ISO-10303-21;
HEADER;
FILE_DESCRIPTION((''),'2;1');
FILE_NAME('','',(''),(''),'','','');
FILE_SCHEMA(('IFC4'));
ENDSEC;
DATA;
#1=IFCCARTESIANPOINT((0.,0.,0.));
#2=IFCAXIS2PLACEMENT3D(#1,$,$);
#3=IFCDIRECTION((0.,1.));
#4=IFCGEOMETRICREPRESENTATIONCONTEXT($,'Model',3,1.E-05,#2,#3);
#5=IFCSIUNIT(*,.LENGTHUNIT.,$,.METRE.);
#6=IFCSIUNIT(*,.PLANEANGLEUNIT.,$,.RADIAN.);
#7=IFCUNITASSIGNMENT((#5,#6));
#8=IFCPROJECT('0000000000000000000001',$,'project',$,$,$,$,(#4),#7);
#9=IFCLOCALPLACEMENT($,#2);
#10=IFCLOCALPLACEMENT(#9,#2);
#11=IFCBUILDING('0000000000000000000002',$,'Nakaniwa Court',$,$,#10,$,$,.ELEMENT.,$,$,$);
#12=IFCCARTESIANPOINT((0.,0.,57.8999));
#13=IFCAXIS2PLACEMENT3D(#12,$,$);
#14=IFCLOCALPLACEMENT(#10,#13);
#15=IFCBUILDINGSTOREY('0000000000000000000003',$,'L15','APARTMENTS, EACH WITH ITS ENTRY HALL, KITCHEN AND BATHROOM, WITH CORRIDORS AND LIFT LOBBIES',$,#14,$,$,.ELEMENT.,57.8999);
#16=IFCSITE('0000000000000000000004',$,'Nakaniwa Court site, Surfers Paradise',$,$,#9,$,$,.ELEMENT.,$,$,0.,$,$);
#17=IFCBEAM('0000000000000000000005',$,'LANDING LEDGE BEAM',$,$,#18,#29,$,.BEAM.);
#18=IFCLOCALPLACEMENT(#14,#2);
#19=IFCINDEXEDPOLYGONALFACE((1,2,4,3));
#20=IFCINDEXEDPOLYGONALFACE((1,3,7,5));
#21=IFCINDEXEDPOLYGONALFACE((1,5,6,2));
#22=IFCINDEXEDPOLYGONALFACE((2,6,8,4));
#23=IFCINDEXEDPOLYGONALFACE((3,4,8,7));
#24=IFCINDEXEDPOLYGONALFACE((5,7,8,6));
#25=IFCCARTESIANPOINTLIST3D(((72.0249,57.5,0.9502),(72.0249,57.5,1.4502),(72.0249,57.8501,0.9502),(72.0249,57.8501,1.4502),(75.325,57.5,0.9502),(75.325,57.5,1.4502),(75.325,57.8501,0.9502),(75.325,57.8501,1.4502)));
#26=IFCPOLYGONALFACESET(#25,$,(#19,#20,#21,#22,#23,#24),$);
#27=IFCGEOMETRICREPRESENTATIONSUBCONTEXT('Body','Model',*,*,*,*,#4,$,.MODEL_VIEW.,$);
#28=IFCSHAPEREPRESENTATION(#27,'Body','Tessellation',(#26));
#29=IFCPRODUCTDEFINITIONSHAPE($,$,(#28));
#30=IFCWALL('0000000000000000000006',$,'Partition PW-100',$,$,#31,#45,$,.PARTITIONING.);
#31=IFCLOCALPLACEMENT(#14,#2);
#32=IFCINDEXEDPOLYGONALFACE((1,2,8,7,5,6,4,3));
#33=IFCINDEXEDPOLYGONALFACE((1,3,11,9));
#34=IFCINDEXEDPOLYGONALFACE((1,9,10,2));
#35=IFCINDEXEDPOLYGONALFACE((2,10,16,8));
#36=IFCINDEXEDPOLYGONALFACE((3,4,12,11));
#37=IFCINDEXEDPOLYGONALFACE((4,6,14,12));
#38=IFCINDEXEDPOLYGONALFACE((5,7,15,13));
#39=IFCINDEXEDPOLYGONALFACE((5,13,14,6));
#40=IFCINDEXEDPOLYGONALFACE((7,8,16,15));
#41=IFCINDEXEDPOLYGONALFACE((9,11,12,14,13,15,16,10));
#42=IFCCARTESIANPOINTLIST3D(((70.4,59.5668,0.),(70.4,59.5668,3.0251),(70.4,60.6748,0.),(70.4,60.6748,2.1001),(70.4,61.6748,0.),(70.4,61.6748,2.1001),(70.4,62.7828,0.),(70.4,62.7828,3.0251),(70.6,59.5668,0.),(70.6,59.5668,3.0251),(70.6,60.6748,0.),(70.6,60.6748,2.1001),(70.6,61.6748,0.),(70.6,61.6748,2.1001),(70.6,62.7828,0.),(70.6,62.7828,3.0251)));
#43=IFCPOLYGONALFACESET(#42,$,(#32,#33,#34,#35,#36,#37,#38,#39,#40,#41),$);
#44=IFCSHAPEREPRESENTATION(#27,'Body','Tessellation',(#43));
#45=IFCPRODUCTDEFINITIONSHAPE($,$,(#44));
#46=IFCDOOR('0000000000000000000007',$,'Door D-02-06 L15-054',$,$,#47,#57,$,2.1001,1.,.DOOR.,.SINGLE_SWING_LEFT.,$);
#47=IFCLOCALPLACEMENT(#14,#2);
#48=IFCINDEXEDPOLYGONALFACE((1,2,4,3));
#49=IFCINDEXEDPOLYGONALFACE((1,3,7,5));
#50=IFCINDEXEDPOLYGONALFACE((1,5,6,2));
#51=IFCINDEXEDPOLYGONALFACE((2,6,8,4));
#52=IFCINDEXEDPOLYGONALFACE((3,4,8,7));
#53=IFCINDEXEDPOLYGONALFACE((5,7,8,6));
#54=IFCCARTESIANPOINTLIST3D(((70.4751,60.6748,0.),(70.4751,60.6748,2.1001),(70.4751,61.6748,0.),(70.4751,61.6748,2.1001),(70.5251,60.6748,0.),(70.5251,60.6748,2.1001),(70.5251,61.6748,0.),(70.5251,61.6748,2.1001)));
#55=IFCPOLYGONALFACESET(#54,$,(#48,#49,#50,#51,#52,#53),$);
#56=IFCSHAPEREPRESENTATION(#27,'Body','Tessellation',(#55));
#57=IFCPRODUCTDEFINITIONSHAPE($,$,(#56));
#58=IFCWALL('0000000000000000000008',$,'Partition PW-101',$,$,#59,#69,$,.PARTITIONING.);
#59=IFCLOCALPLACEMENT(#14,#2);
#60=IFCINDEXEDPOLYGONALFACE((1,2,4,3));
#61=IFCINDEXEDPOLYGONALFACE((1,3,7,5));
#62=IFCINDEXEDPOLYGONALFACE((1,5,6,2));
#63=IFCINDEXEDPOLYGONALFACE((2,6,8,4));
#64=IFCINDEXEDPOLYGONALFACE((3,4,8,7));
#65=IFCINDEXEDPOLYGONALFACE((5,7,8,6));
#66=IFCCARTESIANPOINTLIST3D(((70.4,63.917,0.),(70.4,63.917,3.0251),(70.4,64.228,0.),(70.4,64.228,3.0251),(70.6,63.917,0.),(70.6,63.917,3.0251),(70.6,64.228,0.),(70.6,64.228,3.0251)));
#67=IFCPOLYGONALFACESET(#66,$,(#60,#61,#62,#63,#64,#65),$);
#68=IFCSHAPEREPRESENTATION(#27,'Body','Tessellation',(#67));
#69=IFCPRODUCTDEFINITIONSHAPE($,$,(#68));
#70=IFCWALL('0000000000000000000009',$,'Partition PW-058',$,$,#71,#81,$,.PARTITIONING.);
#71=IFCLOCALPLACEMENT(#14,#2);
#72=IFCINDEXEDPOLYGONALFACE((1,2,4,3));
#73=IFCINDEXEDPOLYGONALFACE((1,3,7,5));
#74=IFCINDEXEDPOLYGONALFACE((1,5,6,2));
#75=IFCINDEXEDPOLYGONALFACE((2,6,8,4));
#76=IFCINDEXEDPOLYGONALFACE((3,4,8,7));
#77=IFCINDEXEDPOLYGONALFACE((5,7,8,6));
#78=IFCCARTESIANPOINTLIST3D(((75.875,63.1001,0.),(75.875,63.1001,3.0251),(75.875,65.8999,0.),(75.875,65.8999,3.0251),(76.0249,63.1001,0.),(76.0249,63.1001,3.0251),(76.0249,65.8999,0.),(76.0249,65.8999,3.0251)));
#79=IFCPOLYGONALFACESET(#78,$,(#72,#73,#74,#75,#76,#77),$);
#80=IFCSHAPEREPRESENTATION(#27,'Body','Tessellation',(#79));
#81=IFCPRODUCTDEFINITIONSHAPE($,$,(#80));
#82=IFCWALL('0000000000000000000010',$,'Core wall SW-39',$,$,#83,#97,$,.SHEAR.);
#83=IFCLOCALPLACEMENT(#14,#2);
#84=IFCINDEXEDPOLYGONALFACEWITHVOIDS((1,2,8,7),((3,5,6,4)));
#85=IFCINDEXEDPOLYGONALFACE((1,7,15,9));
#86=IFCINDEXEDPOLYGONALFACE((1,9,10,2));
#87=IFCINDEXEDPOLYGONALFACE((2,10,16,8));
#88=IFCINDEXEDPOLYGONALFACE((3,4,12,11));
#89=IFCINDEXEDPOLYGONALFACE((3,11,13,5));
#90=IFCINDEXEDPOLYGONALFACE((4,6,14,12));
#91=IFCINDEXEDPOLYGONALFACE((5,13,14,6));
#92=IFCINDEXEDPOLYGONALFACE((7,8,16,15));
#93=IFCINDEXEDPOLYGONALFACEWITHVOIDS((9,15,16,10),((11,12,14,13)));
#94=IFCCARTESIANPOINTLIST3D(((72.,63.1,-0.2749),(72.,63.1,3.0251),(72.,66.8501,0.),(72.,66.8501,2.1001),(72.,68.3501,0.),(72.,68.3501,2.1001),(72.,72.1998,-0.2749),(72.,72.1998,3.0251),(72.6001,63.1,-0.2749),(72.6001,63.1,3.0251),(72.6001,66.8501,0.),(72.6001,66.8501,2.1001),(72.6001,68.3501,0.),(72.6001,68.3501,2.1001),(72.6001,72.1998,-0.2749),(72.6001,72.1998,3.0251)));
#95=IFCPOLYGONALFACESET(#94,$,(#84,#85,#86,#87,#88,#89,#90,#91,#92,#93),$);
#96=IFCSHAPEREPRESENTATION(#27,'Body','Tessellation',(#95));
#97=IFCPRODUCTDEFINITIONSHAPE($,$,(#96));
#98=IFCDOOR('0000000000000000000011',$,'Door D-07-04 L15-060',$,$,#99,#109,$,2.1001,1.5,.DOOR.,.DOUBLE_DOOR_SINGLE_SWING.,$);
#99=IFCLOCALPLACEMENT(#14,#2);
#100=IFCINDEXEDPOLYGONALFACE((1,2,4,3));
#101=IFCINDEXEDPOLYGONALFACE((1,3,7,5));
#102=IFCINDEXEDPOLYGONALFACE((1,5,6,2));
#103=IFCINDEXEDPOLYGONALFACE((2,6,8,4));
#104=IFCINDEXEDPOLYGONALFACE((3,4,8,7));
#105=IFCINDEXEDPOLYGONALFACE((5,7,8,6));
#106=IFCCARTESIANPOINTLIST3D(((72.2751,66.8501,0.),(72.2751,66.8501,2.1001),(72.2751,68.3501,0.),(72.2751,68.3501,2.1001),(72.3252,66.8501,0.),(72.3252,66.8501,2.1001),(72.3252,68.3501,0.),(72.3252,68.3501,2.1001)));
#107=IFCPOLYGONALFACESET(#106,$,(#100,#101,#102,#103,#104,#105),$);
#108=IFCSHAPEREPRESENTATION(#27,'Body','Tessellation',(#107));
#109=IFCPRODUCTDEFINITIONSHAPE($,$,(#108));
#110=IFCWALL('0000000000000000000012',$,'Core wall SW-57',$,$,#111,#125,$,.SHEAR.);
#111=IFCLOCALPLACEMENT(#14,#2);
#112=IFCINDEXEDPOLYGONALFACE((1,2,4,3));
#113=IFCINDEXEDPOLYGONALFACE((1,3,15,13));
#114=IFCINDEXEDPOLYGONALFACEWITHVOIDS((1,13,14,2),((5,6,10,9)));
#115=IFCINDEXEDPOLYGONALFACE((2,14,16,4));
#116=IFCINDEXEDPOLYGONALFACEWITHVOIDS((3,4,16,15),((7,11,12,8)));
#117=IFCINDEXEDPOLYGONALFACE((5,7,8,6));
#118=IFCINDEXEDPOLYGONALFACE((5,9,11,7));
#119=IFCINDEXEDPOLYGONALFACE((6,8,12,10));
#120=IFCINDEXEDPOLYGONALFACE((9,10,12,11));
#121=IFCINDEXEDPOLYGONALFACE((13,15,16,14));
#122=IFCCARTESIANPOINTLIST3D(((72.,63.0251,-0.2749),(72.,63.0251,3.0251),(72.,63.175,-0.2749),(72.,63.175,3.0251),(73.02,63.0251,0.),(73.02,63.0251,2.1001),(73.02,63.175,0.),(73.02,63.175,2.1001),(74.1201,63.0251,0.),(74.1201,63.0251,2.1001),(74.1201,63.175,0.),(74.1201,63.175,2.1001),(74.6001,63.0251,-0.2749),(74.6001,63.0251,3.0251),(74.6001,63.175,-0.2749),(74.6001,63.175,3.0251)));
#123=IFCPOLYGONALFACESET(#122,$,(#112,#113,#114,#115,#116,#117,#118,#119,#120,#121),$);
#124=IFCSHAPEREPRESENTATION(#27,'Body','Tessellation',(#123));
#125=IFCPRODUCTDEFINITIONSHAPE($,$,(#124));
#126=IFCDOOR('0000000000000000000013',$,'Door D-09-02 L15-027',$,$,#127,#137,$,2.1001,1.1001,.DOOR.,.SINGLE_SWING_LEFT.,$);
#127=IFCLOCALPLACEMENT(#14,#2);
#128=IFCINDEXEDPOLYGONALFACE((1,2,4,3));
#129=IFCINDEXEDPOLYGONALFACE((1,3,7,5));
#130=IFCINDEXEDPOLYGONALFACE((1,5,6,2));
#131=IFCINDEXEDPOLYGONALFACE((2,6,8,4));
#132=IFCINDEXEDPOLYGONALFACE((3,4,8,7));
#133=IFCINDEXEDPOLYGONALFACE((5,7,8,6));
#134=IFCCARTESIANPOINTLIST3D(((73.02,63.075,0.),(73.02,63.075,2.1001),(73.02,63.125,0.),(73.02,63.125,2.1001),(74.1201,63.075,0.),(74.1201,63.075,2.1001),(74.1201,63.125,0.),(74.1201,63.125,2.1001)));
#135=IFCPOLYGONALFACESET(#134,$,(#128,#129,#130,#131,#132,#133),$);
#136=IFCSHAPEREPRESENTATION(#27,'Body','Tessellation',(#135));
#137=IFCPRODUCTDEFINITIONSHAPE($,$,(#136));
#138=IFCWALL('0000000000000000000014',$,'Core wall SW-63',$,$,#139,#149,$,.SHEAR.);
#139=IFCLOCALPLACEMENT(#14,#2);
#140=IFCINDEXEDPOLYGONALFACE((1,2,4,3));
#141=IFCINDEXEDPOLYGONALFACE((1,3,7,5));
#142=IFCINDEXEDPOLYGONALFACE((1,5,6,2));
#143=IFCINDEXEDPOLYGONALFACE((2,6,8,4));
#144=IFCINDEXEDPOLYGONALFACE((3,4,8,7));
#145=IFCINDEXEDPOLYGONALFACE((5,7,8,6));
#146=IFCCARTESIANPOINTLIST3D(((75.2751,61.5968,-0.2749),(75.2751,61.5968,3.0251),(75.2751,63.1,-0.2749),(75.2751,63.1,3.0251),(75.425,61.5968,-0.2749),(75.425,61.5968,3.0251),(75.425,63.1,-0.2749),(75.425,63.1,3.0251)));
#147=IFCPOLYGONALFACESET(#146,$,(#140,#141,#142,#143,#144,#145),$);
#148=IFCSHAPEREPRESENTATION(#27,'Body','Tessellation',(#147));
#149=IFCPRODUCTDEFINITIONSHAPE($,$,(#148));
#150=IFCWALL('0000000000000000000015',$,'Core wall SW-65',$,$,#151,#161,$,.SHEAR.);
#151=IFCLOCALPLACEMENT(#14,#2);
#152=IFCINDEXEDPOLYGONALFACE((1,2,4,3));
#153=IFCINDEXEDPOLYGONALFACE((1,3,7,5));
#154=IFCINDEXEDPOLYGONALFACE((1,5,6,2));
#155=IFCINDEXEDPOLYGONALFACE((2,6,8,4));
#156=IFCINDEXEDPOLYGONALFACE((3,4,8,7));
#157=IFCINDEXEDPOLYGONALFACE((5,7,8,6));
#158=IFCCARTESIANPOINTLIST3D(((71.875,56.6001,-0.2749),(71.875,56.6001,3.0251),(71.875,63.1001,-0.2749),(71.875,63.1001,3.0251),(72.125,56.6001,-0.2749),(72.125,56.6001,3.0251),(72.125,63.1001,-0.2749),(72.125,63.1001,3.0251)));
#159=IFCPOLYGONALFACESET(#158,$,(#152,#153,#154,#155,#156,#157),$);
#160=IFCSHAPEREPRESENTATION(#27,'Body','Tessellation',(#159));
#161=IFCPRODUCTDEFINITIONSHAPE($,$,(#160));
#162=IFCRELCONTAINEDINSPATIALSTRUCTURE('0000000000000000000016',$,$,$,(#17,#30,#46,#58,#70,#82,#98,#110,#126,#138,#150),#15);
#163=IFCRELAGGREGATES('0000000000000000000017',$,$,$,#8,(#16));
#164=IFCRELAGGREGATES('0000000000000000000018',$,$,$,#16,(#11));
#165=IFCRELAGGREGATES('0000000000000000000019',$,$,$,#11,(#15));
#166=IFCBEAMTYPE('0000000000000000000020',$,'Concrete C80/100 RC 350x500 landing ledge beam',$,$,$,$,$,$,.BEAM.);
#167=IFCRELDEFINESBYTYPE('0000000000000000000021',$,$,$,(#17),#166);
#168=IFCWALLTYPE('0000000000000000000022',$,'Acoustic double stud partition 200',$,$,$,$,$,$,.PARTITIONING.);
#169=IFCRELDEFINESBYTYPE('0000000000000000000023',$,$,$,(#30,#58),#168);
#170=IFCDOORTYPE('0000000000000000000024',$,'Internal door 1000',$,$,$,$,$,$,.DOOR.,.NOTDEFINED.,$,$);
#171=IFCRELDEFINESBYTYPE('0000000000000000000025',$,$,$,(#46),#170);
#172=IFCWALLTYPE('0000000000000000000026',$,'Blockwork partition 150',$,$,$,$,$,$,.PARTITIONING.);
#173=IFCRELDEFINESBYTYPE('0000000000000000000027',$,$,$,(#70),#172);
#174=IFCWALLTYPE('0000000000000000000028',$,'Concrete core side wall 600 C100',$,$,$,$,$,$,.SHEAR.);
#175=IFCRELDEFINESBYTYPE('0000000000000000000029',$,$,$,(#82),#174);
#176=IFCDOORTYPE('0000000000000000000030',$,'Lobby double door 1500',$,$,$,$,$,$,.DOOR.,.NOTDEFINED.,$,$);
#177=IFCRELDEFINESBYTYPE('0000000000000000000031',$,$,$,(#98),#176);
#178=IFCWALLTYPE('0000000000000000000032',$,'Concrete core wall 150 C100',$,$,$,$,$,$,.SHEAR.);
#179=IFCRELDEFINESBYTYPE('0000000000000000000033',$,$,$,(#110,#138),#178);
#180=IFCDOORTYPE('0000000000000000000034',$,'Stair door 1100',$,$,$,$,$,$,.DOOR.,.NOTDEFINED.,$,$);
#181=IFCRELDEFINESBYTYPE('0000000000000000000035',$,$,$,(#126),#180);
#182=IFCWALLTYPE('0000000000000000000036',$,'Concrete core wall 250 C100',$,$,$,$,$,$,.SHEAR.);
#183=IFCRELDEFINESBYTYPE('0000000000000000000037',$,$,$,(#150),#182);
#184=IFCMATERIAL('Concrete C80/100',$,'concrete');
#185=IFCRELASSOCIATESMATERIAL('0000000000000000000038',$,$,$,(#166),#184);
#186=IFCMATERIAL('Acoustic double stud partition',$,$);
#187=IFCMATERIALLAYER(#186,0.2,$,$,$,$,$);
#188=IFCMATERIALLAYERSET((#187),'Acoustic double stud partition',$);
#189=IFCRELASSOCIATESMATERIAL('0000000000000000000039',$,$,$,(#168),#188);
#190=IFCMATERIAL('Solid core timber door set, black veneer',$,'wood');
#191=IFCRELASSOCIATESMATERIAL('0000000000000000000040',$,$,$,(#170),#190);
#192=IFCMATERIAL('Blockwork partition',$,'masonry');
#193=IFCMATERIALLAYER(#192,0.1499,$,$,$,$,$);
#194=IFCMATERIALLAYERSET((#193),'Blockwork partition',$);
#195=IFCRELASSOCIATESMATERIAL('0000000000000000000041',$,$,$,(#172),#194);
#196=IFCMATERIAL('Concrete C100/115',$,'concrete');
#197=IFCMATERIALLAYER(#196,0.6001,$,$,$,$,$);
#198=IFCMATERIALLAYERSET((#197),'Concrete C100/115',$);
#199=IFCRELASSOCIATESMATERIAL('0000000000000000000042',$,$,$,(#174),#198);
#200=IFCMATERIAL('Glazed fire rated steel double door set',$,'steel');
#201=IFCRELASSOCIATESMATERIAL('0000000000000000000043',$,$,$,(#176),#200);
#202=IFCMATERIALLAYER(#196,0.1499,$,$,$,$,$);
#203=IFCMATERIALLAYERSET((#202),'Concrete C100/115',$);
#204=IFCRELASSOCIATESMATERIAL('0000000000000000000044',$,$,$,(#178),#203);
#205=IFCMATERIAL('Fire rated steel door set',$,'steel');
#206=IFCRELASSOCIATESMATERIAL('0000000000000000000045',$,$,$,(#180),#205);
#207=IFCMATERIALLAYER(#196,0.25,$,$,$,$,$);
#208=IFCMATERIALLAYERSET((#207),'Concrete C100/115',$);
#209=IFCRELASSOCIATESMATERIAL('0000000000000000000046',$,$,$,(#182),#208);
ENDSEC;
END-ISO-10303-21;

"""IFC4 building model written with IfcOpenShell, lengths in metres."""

from ifc_helpers import new_model, si_unit, direction, frame, frame_2d, origin, origin_2d, place, context, subcontext, project, spatial, rectangle, extrude, material, layer, layer_set, material_profile, profile_set, type_object, element, fill, save


model = new_model("IFC4")

# Units and contexts
model_context = context("Model", 3, precision=1e-05, world=origin(), true_north=direction((0.0, 1.0)))
body_context = subcontext(model_context, "Body", "Model", "MODEL_VIEW")
ifc_project = project(units=[si_unit("LENGTHUNIT", "METRE"), si_unit("PLANEANGLEUNIT", "RADIAN")], contexts=[model_context])

# Site, building, storey
site_placement = place(None, origin())
site = spatial("IfcSite", under=ifc_project, at=site_placement, Name="Nakaniwa Court site, Surfers Paradise", CompositionType="ELEMENT", RefElevation=0.0)
building_placement = place(site_placement, origin())
building = spatial("IfcBuilding", under=site, at=building_placement, Name="Nakaniwa Court", CompositionType="ELEMENT")
storey_placement = place(building_placement, frame((0.0, 0.0, 57.8999)))
storey = spatial("IfcBuildingStorey", under=building, at=storey_placement, Name="L15", Description="APARTMENTS, EACH WITH ITS ENTRY HALL, KITCHEN AND BATHROOM, WITH CORRIDORS AND LIFT LOBBIES", CompositionType="ELEMENT", Elevation=57.8999)

# Beam
ifc_material_1 = material(Name="Concrete C80/100", Category="concrete")
ifc_material_profile = material_profile(ifc_material_1, rectangle(XDim=0.3501, YDim=0.5, at=origin_2d()), Name="Concrete C80/100 RC 350x500 landing ledge beam")
ifc_profile_set = profile_set([ifc_material_profile], Name="Concrete C80/100")
beam_type = type_object("IfcBeamType", Name="Concrete C80/100 RC 350x500 landing ledge beam", PredefinedType="BEAM", material=ifc_profile_set)
beam_placement = place(storey_placement, frame((72.0249, 57.675, 1.2002), z_axis=(1.0, 0.0, 0.0), x_axis=(0.0, 1.0, 0.0)))
element("IfcBeam", 1, at=beam_placement, inside=storey, type_object=beam_type, Name="LANDING LEDGE BEAM", PredefinedType="BEAM", context=body_context, shape_type="SweptSolid", body=[
    extrude(rectangle(XDim=0.3501, YDim=0.5, at=origin_2d()), origin(), (0.0, 0.0, 1.0), 3.3),
])

# Wall, opening, door
ifc_material_2 = material(Name="Acoustic double stud partition")
ifc_layer_1 = layer(ifc_material_2, 0.2)
ifc_layer_set_1 = layer_set([ifc_layer_1], Name="Acoustic double stud partition")
wall_type_1 = type_object("IfcWallType", Name="Acoustic double stud partition 200", PredefinedType="PARTITIONING", material=ifc_layer_set_1)
wall_1_placement = place(storey_placement, frame((70.5, 59.5669, 0.0), z_axis=(0.0, 0.0, 1.0), x_axis=(0.0, 1.0, 0.0)))
wall_1 = element("IfcWall", 2, at=wall_1_placement, inside=storey, type_object=wall_type_1, Name="Partition PW-100", PredefinedType="PARTITIONING", context=body_context, shape_type="SweptSolid", body=[
    extrude(rectangle(XDim=3.2161, YDim=0.2, at=frame_2d((1.6079, 0.0))), origin(), (0.0, 0.0, 1.0), 3.0251),
])
opening_1_placement = place(wall_1_placement, frame((1.1079, 0.0, 0.0)))
opening_1 = element("IfcOpeningElement", 3, at=opening_1_placement, cuts=wall_1, PredefinedType="OPENING", context=body_context, shape_type="SweptSolid", body=[
    extrude(rectangle(XDim=1.0, YDim=2.1001, at=frame_2d((0.5, 1.05))), frame((0.0, 0.1099, 0.0), z_axis=(0.0, -1.0, 0.0), x_axis=(1.0, 0.0, 0.0)), (0.0, 0.0, 1.0), 0.22),
])
ifc_material_3 = material(Name="Solid core timber door set, black veneer", Category="wood")
door_type_1 = type_object("IfcDoorType", Name="Internal door 1000", OperationType="NOTDEFINED", PredefinedType="DOOR", material=ifc_material_3)
door_1_placement = place(opening_1_placement, origin())
door_1 = element("IfcDoor", 4, at=door_1_placement, inside=storey, type_object=door_type_1, Name="Door D-02-06 L15-054", OperationType="SINGLE_SWING_LEFT", OverallHeight=2.1001, OverallWidth=1.0, PredefinedType="DOOR", context=body_context, shape_type="SweptSolid", body=[
    extrude(rectangle(XDim=1.0, YDim=2.1001, at=frame_2d((0.5, 1.05))), frame((0.0, 0.0249, 0.0), z_axis=(0.0, -1.0, 0.0), x_axis=(1.0, 0.0, 0.0)), (0.0, 0.0, 1.0), 0.05),
])
fill(opening_1, door_1)

# Walls
wall_2_placement = place(storey_placement, frame((70.5, 63.917, 0.0), z_axis=(0.0, 0.0, 1.0), x_axis=(0.0, 1.0, 0.0)))
element("IfcWall", 5, at=wall_2_placement, inside=storey, type_object=wall_type_1, Name="Partition PW-101", PredefinedType="PARTITIONING", context=body_context, shape_type="SweptSolid", body=[
    extrude(rectangle(XDim=0.311, YDim=0.2, at=frame_2d((0.1555, 0.0))), origin(), (0.0, 0.0, 1.0), 3.0251),
])
ifc_material_4 = material(Name="Blockwork partition", Category="masonry")
ifc_layer_2 = layer(ifc_material_4, 0.1499)
ifc_layer_set_2 = layer_set([ifc_layer_2], Name="Blockwork partition")
wall_type_2 = type_object("IfcWallType", Name="Blockwork partition 150", PredefinedType="PARTITIONING", material=ifc_layer_set_2)
wall_3_placement = place(storey_placement, frame((75.95, 63.1001, 0.0), z_axis=(0.0, 0.0, 1.0), x_axis=(0.0, 1.0, 0.0)))
element("IfcWall", 6, at=wall_3_placement, inside=storey, type_object=wall_type_2, Name="Partition PW-058", PredefinedType="PARTITIONING", context=body_context, shape_type="SweptSolid", body=[
    extrude(rectangle(XDim=2.7998, YDim=0.1499, at=frame_2d((1.3999, 0.0))), origin(), (0.0, 0.0, 1.0), 3.0251),
])

# Walls, openings, doors
ifc_material_5 = material(Name="Concrete C100/115", Category="concrete")
ifc_layer_3 = layer(ifc_material_5, 0.6001)
ifc_layer_set_3 = layer_set([ifc_layer_3], Name="Concrete C100/115")
wall_type_3 = type_object("IfcWallType", Name="Concrete core side wall 600 C100", PredefinedType="SHEAR", material=ifc_layer_set_3)
wall_4_placement = place(storey_placement, frame((72.3, 63.1001, -0.2749), z_axis=(0.0, 0.0, 1.0), x_axis=(0.0, 1.0, 0.0)))
wall_4 = element("IfcWall", 7, at=wall_4_placement, inside=storey, type_object=wall_type_3, Name="Core wall SW-39", PredefinedType="SHEAR", context=body_context, shape_type="SweptSolid", body=[
    extrude(rectangle(XDim=9.0999, YDim=0.6001, at=frame_2d((4.5498, 0.0))), origin(), (0.0, 0.0, 1.0), 3.3),
])
opening_2_placement = place(wall_4_placement, frame((3.75, 0.0, 0.2749)))
opening_2 = element("IfcOpeningElement", 8, at=opening_2_placement, cuts=wall_4, PredefinedType="OPENING", context=body_context, shape_type="SweptSolid", body=[
    extrude(rectangle(XDim=1.5, YDim=2.1001, at=frame_2d((0.75, 1.05))), frame((0.0, 0.3101, 0.0), z_axis=(0.0, -1.0, 0.0), x_axis=(1.0, 0.0, 0.0)), (0.0, 0.0, 1.0), 0.6201),
])
ifc_material_6 = material(Name="Glazed fire rated steel double door set", Category="steel")
door_type_2 = type_object("IfcDoorType", Name="Lobby double door 1500", OperationType="NOTDEFINED", PredefinedType="DOOR", material=ifc_material_6)
door_2_placement = place(opening_2_placement, origin())
door_2 = element("IfcDoor", 9, at=door_2_placement, inside=storey, type_object=door_type_2, Name="Door D-07-04 L15-060", OperationType="DOUBLE_DOOR_SINGLE_SWING", OverallHeight=2.1001, OverallWidth=1.5, PredefinedType="DOOR", context=body_context, shape_type="SweptSolid", body=[
    extrude(rectangle(XDim=1.5, YDim=2.1001, at=frame_2d((0.75, 1.05))), frame((0.0, 0.0249, 0.0), z_axis=(0.0, -1.0, 0.0), x_axis=(1.0, 0.0, 0.0)), (0.0, 0.0, 1.0), 0.05),
])
fill(opening_2, door_2)
ifc_layer_4 = layer(ifc_material_5, 0.1499)
ifc_layer_set_4 = layer_set([ifc_layer_4], Name="Concrete C100/115")
wall_type_4 = type_object("IfcWallType", Name="Concrete core wall 150 C100", PredefinedType="SHEAR", material=ifc_layer_set_4)
wall_5_placement = place(storey_placement, frame((72.0, 63.1001, -0.2749), z_axis=(0.0, 0.0, 1.0), x_axis=(1.0, 0.0, 0.0)))
wall_5 = element("IfcWall", 10, at=wall_5_placement, inside=storey, type_object=wall_type_4, Name="Core wall SW-57", PredefinedType="SHEAR", context=body_context, shape_type="SweptSolid", body=[
    extrude(rectangle(XDim=2.6001, YDim=0.1499, at=frame_2d((1.3, 0.0))), origin(), (0.0, 0.0, 1.0), 3.3),
])
opening_3_placement = place(wall_5_placement, frame((1.02, 0.0, 0.2749)))
opening_3 = element("IfcOpeningElement", 11, at=opening_3_placement, cuts=wall_5, PredefinedType="OPENING", context=body_context, shape_type="SweptSolid", body=[
    extrude(rectangle(XDim=1.1001, YDim=2.1001, at=frame_2d((0.55, 1.05))), frame((0.0, 0.085, 0.0), z_axis=(0.0, -1.0, 0.0), x_axis=(1.0, 0.0, 0.0)), (0.0, 0.0, 1.0), 0.1699),
])
ifc_material_7 = material(Name="Fire rated steel door set", Category="steel")
door_type_3 = type_object("IfcDoorType", Name="Stair door 1100", OperationType="NOTDEFINED", PredefinedType="DOOR", material=ifc_material_7)
door_3_placement = place(opening_3_placement, origin())
door_3 = element("IfcDoor", 12, at=door_3_placement, inside=storey, type_object=door_type_3, Name="Door D-09-02 L15-027", OperationType="SINGLE_SWING_LEFT", OverallHeight=2.1001, OverallWidth=1.1001, PredefinedType="DOOR", context=body_context, shape_type="SweptSolid", body=[
    extrude(rectangle(XDim=1.1001, YDim=2.1001, at=frame_2d((0.55, 1.05))), frame((0.0, 0.0249, 0.0), z_axis=(0.0, -1.0, 0.0), x_axis=(1.0, 0.0, 0.0)), (0.0, 0.0, 1.0), 0.05),
])
fill(opening_3, door_3)

# Walls
wall_6_placement = place(storey_placement, frame((75.3501, 61.5969, -0.2749), z_axis=(0.0, 0.0, 1.0), x_axis=(0.0, 1.0, 0.0)))
element("IfcWall", 13, at=wall_6_placement, inside=storey, type_object=wall_type_4, Name="Core wall SW-63", PredefinedType="SHEAR", context=body_context, shape_type="SweptSolid", body=[
    extrude(rectangle(XDim=1.5032, YDim=0.1499, at=frame_2d((0.7515, 0.0))), origin(), (0.0, 0.0, 1.0), 3.3),
])
ifc_layer_5 = layer(ifc_material_5, 0.25)
ifc_layer_set_5 = layer_set([ifc_layer_5], Name="Concrete C100/115")
wall_type_5 = type_object("IfcWallType", Name="Concrete core wall 250 C100", PredefinedType="SHEAR", material=ifc_layer_set_5)
wall_7_placement = place(storey_placement, frame((72.0, 56.6001, -0.2749), z_axis=(0.0, 0.0, 1.0), x_axis=(0.0, 1.0, 0.0)))
element("IfcWall", 14, at=wall_7_placement, inside=storey, type_object=wall_type_5, Name="Core wall SW-65", PredefinedType="SHEAR", context=body_context, shape_type="SweptSolid", body=[
    extrude(rectangle(XDim=6.5, YDim=0.25, at=frame_2d((3.25, 0.0))), origin(), (0.0, 0.0, 1.0), 3.3),
])

save(model, "model.ifc")
